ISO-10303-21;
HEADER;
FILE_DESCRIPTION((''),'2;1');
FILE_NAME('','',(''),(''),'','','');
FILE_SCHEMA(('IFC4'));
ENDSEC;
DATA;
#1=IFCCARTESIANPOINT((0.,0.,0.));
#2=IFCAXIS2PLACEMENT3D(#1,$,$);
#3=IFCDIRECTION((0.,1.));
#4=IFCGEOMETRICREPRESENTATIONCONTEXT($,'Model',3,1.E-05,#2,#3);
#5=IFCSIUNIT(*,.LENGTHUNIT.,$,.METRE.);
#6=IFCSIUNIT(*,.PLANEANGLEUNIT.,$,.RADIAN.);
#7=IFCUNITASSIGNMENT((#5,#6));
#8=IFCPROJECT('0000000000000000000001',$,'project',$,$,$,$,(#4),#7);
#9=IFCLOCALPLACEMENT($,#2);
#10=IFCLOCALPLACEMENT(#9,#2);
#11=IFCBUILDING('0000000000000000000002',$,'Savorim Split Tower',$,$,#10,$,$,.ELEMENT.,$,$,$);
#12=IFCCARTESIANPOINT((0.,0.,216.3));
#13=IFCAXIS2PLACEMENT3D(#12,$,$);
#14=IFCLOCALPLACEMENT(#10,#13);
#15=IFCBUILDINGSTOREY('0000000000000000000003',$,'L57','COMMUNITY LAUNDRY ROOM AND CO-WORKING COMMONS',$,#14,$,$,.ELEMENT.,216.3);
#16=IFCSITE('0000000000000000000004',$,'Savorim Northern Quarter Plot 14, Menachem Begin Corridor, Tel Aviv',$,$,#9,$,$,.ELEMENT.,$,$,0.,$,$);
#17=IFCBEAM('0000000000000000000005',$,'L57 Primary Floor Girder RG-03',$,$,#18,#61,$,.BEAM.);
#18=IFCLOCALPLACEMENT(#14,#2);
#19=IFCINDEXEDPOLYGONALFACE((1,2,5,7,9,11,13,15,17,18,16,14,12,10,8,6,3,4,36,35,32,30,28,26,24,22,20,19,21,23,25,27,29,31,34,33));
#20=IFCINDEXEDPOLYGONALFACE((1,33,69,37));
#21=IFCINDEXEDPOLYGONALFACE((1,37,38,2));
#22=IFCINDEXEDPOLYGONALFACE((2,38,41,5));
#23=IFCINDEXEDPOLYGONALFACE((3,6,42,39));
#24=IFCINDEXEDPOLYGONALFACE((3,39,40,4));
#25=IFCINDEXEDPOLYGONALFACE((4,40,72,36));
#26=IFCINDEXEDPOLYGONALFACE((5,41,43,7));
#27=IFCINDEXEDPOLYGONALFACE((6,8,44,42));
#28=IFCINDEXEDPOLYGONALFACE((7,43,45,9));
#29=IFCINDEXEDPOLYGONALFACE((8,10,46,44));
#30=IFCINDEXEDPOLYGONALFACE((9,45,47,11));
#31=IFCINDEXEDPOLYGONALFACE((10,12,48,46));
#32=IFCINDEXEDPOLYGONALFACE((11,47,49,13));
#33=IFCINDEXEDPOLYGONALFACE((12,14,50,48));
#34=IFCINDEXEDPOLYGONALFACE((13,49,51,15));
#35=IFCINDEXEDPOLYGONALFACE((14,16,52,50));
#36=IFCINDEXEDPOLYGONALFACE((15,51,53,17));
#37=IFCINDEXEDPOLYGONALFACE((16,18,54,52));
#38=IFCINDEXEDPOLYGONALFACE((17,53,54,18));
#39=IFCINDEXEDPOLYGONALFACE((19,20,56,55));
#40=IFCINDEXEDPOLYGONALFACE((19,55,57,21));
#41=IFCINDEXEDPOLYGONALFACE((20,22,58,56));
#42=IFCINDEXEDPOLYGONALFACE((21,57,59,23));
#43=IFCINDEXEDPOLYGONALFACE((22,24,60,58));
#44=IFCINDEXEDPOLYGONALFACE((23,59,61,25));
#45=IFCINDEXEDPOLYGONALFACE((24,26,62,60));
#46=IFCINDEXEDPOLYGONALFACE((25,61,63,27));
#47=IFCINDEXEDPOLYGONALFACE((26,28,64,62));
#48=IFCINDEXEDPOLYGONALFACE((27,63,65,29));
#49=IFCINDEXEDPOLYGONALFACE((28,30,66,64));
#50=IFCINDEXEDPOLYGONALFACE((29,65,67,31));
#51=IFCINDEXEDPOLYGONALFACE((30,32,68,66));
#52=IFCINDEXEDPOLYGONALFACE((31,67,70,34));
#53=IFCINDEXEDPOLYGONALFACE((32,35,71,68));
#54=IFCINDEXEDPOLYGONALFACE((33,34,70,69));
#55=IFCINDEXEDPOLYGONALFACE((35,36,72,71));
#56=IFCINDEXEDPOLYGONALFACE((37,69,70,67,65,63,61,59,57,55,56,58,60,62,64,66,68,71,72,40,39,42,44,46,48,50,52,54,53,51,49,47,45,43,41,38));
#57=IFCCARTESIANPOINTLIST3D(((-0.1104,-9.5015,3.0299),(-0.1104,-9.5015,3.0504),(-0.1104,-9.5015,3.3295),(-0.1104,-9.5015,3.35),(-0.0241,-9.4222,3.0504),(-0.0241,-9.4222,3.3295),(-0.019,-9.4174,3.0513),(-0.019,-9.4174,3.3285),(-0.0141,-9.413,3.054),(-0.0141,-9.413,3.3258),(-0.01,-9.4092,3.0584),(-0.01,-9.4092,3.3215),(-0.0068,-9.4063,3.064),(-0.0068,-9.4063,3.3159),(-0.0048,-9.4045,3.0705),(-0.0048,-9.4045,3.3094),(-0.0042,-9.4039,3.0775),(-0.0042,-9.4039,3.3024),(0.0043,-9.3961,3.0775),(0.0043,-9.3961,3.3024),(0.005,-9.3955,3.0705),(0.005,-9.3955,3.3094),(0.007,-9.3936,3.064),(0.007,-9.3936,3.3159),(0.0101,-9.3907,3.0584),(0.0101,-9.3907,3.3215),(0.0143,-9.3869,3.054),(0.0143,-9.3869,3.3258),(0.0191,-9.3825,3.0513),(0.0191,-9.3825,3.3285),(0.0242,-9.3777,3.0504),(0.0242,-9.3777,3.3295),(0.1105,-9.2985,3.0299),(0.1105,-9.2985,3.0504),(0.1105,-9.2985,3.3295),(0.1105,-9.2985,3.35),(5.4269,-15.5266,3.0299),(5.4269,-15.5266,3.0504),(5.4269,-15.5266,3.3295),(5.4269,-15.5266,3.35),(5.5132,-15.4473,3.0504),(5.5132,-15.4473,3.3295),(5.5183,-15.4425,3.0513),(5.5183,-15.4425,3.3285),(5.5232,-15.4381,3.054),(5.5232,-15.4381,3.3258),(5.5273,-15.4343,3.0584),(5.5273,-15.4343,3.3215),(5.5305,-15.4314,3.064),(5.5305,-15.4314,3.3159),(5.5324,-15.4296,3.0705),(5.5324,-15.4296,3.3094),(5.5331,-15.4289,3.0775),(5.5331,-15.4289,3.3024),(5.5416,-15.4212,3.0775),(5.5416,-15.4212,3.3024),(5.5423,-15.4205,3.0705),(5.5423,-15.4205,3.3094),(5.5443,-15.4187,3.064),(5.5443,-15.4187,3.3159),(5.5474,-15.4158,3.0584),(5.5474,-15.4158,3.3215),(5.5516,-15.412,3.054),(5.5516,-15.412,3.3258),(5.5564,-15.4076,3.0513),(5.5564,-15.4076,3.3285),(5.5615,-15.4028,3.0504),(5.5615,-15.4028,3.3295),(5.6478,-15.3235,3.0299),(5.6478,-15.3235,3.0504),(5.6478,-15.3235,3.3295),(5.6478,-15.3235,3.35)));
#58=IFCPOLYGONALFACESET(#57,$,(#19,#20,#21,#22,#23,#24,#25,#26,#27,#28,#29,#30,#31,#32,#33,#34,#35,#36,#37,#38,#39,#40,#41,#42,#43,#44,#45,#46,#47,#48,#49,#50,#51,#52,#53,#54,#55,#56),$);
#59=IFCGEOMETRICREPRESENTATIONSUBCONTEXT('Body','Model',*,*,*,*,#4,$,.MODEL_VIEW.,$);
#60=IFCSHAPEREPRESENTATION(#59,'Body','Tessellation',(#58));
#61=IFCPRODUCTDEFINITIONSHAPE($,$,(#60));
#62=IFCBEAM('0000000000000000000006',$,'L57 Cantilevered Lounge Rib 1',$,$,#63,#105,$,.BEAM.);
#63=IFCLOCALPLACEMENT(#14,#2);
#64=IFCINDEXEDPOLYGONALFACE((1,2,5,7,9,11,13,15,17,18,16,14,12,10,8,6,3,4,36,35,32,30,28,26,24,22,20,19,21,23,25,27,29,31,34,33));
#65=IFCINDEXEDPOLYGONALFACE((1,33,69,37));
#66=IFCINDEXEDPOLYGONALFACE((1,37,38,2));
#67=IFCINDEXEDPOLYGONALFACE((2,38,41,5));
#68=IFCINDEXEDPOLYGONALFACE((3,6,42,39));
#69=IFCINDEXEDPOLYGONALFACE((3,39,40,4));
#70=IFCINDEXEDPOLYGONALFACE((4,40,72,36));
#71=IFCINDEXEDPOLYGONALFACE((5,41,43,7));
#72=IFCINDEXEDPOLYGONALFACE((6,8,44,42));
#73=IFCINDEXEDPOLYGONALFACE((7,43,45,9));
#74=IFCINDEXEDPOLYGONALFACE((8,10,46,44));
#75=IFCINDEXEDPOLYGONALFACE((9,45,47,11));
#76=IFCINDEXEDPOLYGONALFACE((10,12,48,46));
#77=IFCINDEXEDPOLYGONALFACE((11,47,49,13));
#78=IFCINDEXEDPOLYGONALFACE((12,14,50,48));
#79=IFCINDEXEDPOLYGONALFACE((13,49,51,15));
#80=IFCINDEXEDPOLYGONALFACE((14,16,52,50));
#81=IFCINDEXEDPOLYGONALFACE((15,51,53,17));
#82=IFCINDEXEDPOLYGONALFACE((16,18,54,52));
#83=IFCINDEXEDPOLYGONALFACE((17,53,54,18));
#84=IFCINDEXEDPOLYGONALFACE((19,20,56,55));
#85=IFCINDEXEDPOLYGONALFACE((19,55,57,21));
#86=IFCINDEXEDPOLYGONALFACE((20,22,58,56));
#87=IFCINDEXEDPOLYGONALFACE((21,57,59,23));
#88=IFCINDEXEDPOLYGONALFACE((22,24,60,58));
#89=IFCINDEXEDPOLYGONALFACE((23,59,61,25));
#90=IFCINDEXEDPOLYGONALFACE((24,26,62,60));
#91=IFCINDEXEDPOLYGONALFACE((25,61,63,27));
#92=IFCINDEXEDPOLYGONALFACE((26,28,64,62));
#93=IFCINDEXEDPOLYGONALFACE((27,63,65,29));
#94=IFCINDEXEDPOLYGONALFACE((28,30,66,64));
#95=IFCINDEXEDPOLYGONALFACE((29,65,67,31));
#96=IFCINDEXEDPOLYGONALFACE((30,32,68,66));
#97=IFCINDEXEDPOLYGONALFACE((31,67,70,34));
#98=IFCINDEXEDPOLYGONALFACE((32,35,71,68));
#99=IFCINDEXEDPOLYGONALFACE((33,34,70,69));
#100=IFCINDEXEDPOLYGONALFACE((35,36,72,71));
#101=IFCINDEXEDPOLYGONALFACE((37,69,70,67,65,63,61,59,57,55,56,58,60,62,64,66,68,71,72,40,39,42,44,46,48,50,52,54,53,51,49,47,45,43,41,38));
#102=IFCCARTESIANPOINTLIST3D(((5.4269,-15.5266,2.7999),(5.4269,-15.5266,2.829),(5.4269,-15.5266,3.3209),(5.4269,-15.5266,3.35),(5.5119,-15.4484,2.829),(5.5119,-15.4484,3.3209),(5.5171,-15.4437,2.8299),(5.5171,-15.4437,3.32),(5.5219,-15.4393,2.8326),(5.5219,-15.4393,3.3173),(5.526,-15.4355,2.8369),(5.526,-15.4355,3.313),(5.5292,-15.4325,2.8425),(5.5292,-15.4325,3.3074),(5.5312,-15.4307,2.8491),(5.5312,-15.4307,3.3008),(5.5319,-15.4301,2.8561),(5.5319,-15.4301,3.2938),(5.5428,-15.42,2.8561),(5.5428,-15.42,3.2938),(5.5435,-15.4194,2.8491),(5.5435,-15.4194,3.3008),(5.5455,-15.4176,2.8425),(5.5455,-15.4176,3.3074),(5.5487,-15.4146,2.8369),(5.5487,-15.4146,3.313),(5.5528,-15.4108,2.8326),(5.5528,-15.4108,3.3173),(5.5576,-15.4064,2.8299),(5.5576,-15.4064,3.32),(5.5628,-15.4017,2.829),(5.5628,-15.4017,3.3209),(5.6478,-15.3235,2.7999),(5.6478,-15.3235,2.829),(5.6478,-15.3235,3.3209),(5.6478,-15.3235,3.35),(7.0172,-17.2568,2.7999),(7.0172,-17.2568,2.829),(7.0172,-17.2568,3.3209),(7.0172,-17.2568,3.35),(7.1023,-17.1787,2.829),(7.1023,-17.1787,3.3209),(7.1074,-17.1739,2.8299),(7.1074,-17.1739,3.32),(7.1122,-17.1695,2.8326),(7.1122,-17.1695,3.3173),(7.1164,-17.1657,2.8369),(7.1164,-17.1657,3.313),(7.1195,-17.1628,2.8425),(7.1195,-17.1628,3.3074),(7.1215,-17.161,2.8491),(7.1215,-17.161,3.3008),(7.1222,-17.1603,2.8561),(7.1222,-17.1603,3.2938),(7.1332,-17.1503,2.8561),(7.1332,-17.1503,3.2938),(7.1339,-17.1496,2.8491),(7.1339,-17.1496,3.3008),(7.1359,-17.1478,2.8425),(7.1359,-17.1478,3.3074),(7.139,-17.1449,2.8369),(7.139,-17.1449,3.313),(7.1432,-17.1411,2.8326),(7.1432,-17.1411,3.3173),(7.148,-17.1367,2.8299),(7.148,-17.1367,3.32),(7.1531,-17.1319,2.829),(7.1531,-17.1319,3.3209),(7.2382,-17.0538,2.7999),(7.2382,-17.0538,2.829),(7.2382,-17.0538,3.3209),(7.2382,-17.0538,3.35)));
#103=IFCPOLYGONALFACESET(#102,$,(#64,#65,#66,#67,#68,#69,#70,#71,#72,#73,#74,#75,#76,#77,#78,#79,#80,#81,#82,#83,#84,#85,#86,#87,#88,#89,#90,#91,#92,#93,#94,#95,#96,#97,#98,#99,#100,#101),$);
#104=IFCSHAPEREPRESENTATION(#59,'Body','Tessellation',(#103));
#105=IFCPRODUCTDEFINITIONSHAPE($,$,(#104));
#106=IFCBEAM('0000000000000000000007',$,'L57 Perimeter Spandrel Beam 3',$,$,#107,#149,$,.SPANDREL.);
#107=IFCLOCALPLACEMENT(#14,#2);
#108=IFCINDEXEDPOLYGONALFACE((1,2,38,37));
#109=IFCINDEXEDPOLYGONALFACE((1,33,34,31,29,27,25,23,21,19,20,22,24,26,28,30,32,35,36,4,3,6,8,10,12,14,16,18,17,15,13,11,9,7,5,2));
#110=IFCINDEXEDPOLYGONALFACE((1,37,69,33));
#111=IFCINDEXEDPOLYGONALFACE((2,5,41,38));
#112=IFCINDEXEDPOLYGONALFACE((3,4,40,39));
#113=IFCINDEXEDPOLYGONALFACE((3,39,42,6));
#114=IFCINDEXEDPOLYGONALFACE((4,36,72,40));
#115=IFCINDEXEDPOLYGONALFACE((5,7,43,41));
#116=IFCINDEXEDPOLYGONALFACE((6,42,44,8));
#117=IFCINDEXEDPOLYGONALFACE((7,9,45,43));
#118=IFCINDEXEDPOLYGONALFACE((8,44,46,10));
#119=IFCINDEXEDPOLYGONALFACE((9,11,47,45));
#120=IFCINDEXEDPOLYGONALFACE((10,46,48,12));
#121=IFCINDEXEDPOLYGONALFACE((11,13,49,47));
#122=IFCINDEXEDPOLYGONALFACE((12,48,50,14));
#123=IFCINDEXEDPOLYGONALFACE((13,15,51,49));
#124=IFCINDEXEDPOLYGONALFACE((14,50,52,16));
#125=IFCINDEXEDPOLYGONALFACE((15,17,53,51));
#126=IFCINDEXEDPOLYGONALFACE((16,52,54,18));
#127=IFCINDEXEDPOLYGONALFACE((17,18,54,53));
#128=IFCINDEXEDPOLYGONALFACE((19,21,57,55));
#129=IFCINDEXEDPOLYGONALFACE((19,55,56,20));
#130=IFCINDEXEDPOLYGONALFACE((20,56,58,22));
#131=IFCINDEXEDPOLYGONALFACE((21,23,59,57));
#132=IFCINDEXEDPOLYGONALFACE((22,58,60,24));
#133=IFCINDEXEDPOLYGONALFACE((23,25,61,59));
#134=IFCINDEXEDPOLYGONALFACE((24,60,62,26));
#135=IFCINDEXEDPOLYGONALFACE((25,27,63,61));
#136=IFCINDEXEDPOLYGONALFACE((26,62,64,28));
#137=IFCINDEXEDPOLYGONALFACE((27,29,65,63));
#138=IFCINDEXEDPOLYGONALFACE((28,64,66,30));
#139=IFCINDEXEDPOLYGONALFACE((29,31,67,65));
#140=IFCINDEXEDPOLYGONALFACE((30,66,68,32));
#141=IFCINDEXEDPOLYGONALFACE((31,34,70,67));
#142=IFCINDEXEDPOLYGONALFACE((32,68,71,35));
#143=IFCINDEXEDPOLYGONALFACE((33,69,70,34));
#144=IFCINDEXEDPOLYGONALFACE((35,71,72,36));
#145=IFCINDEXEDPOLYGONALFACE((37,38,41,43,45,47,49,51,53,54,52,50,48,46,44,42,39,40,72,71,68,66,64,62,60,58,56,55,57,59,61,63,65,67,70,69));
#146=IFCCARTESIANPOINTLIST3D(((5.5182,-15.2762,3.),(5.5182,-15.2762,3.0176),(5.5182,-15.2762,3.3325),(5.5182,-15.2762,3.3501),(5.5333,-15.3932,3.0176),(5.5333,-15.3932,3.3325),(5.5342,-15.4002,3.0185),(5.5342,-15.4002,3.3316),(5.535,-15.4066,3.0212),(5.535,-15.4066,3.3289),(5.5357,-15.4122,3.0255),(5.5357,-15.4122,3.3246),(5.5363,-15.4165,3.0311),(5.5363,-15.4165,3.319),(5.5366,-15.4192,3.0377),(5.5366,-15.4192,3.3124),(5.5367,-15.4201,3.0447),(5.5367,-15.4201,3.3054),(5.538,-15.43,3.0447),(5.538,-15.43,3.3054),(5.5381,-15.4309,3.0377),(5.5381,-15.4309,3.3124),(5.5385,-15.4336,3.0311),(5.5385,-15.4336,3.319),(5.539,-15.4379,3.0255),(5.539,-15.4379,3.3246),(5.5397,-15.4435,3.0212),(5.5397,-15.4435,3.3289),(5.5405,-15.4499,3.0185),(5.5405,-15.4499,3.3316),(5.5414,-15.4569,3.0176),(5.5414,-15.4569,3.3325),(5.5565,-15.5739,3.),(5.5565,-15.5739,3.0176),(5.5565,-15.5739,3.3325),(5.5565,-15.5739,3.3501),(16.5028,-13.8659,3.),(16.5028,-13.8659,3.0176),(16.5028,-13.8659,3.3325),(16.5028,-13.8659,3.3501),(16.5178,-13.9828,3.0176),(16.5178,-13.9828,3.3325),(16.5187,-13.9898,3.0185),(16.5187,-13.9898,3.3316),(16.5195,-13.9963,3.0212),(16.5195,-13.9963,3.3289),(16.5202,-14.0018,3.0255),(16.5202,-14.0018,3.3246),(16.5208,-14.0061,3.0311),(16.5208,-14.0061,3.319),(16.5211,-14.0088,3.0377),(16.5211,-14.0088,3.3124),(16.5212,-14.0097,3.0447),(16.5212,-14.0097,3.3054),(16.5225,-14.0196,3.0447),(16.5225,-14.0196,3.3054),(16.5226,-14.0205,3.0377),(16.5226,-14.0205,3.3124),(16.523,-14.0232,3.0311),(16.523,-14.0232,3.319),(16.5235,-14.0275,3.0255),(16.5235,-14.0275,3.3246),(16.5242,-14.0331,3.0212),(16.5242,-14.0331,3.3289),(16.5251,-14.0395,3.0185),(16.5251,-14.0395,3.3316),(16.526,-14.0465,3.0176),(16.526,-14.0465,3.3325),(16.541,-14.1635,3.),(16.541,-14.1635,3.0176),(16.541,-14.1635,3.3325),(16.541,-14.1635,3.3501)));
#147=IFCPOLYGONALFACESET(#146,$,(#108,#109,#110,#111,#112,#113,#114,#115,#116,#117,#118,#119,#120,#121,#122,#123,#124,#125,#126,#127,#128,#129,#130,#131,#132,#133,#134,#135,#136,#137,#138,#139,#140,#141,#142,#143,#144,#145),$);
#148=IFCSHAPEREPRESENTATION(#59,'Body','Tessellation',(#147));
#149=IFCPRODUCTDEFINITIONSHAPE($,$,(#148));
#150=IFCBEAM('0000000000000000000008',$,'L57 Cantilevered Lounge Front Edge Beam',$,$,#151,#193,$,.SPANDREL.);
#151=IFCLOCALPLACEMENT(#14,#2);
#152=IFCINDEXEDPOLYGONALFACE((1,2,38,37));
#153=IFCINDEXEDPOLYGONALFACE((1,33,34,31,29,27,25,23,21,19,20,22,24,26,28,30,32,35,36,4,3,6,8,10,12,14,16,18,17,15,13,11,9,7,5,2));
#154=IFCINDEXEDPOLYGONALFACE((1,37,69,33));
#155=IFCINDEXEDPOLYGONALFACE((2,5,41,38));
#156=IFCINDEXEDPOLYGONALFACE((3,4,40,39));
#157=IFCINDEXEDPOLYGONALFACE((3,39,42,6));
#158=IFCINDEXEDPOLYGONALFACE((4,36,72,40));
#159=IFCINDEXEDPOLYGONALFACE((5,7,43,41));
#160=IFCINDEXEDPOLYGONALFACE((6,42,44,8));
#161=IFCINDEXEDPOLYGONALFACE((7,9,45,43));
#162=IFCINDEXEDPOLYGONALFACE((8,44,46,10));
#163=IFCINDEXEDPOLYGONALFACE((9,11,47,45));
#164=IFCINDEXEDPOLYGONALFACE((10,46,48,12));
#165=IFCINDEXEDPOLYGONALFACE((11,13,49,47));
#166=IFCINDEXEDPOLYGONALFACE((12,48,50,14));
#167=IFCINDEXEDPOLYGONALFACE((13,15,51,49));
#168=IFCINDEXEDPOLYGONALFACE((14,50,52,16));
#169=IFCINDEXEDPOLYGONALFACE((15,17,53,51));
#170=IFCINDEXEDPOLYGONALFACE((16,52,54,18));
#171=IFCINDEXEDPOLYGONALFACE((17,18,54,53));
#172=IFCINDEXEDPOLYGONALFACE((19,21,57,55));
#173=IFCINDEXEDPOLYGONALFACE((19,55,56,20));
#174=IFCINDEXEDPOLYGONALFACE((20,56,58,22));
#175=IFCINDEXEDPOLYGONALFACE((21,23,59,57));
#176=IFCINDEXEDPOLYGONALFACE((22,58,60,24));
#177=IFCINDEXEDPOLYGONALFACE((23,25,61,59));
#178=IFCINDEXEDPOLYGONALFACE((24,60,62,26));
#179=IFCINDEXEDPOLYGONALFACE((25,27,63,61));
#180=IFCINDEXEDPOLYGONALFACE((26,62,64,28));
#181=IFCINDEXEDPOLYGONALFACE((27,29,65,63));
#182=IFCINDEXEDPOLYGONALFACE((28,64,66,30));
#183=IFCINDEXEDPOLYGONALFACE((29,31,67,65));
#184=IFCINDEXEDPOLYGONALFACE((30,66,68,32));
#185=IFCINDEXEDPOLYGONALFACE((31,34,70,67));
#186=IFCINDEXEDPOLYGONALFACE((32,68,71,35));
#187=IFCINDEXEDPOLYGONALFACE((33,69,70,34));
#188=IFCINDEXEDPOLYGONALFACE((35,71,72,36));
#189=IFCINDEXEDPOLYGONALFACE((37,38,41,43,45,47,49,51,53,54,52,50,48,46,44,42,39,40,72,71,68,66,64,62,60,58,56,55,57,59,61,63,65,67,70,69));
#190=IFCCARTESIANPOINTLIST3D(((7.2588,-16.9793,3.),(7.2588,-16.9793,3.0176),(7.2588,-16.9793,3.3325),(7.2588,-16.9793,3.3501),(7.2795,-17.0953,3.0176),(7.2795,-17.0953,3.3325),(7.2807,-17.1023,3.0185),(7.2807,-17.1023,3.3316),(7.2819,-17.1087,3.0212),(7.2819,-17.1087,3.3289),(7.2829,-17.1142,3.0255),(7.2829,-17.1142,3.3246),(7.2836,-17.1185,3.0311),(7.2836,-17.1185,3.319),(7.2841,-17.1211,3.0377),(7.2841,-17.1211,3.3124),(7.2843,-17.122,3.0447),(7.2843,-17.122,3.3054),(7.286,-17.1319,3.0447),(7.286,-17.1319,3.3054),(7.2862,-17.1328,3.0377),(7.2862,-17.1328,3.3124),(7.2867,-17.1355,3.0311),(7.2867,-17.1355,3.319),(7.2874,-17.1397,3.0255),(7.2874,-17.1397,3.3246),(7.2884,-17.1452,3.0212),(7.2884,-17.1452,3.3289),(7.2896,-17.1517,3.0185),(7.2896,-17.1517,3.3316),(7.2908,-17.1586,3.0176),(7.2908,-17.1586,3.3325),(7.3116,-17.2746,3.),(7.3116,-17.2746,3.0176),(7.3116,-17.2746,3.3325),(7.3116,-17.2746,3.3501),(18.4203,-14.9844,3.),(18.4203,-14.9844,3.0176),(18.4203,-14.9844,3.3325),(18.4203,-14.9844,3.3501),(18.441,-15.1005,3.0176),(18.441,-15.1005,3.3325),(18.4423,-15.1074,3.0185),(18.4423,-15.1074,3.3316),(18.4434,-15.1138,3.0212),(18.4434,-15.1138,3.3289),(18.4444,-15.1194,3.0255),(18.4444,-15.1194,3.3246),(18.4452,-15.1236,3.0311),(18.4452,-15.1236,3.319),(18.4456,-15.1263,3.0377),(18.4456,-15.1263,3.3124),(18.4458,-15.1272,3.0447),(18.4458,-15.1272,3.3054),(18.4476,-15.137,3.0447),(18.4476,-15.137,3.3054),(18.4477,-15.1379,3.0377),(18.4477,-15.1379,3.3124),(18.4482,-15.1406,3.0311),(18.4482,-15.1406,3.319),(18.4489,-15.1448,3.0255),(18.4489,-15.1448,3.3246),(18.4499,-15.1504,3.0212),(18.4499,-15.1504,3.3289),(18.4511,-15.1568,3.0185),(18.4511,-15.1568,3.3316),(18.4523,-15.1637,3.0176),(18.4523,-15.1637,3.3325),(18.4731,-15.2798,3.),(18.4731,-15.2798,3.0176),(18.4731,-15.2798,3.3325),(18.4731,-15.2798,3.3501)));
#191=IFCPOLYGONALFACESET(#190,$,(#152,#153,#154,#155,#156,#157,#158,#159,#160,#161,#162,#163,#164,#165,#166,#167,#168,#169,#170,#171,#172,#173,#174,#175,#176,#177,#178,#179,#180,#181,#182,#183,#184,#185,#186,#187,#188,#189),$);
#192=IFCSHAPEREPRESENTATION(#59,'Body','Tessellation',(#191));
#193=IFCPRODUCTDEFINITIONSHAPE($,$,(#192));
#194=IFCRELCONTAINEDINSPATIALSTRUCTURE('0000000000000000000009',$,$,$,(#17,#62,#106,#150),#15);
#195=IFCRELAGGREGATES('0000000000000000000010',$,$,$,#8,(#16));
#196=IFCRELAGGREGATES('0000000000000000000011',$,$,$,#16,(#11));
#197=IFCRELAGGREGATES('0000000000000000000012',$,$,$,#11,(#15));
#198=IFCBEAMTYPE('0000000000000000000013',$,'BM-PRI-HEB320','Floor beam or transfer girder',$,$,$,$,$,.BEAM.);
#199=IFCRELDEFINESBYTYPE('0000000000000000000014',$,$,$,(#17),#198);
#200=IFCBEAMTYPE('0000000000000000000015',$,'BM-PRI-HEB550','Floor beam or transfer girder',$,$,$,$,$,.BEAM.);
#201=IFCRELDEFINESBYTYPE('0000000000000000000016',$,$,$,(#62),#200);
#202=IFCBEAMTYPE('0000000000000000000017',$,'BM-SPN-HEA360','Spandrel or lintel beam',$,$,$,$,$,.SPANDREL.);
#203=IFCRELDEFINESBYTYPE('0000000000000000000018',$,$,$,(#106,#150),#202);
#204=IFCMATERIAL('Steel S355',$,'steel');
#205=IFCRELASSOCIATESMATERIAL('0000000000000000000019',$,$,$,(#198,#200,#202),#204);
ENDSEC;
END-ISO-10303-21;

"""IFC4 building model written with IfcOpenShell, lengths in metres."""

from ifc_helpers import new_model, si_unit, direction, frame, origin, origin_2d, place, context, subcontext, project, spatial, i_section, extrude, material, material_profile, profile_set, type_object, element, save


model = new_model("IFC4")

# Units and contexts
model_context = context("Model", 3, precision=1e-05, world=origin(), true_north=direction((0.0, 1.0)))
body_context = subcontext(model_context, "Body", "Model", "MODEL_VIEW")
ifc_project = project(units=[si_unit("LENGTHUNIT", "METRE"), si_unit("PLANEANGLEUNIT", "RADIAN")], contexts=[model_context])

# Site, building, storey
site_placement = place(None, origin())
site = spatial("IfcSite", under=ifc_project, at=site_placement, Name="Savorim Northern Quarter Plot 14, Menachem Begin Corridor, Tel Aviv", CompositionType="ELEMENT", RefElevation=0.0)
building_placement = place(site_placement, origin())
building = spatial("IfcBuilding", under=site, at=building_placement, Name="Savorim Split Tower", CompositionType="ELEMENT")
storey_placement = place(building_placement, frame((0.0, 0.0, 216.3)))
storey = spatial("IfcBuildingStorey", under=building, at=storey_placement, Name="L57", Description="COMMUNITY LAUNDRY ROOM AND CO-WORKING COMMONS", CompositionType="ELEMENT", Elevation=216.3)

# Shared definitions
ifc_material_1 = material(Name="Steel S355", Category="steel")

# Beams
ifc_material_profile_1 = material_profile(ifc_material_1, i_section(OverallWidth=0.3, OverallDepth=0.3201, WebThickness=0.0115, FlangeThickness=0.0205, FilletRadius=0.0271, at=origin_2d()), Name="HEB 320")
ifc_profile_set_1 = profile_set([ifc_material_profile_1], Name="Steel S355")
beam_type_1 = type_object("IfcBeamType", Name="BM-PRI-HEB320", Description="Floor beam or transfer girder", PredefinedType="BEAM", material=ifc_profile_set_1)
beam_1_placement = place(storey_placement, frame((5.5374, -15.425, 3.1899), z_axis=(-0.676674, 0.736283, 0.0), x_axis=(-0.736283, -0.676674, 0.0)))
element("IfcBeam", 1, at=beam_1_placement, inside=storey, type_object=beam_type_1, Name="L57 Primary Floor Girder RG-03", PredefinedType="BEAM", context=body_context, shape_type="SweptSolid", body=[
    extrude(i_section(OverallWidth=0.3, OverallDepth=0.3201, WebThickness=0.0115, FlangeThickness=0.0205, FilletRadius=0.0271, at=origin_2d()), origin(), (0.0, 0.0, 1.0), 8.1831),
])
ifc_material_profile_2 = material_profile(ifc_material_1, i_section(OverallWidth=0.3, OverallDepth=0.55, WebThickness=0.0149, FlangeThickness=0.0291, FilletRadius=0.0271, at=origin_2d()), Name="HEB 550")
ifc_profile_set_2 = profile_set([ifc_material_profile_2], Name="Steel S355")
beam_type_2 = type_object("IfcBeamType", Name="BM-PRI-HEB550", Description="Floor beam or transfer girder", PredefinedType="BEAM", material=ifc_profile_set_2)
beam_2_placement = place(storey_placement, frame((5.5374, -15.425, 3.075), z_axis=(0.676717, -0.736244, 0.0), x_axis=(0.736244, 0.676717, 0.0)))
element("IfcBeam", 2, at=beam_2_placement, inside=storey, type_object=beam_type_2, Name="L57 Cantilevered Lounge Rib 1", PredefinedType="BEAM", context=body_context, shape_type="SweptSolid", body=[
    extrude(i_section(OverallWidth=0.3, OverallDepth=0.55, WebThickness=0.0149, FlangeThickness=0.0291, FilletRadius=0.0271, at=origin_2d()), origin(), (0.0, 0.0, 1.0), 2.3501),
])
ifc_material_profile_3 = material_profile(ifc_material_1, i_section(OverallWidth=0.3, OverallDepth=0.3501, WebThickness=0.01, FlangeThickness=0.0176, FilletRadius=0.0271, at=origin_2d()), Name="HEA 360")
ifc_profile_set_3 = profile_set([ifc_material_profile_3], Name="Steel S355")
beam_type_3 = type_object("IfcBeamType", Name="BM-SPN-HEA360", Description="Spandrel or lintel beam", PredefinedType="SPANDREL", material=ifc_profile_set_3)
beam_3_placement = place(storey_placement, frame((5.5374, -15.425, 3.175), z_axis=(0.991858, 0.127352, 0.0), x_axis=(-0.127352, 0.991858, 0.0)))
element("IfcBeam", 3, at=beam_3_placement, inside=storey, type_object=beam_type_3, Name="L57 Perimeter Spandrel Beam 3", PredefinedType="SPANDREL", context=body_context, shape_type="SweptSolid", body=[
    extrude(i_section(OverallWidth=0.3, OverallDepth=0.3501, WebThickness=0.01, FlangeThickness=0.0176, FilletRadius=0.0271, at=origin_2d()), origin(), (0.0, 0.0, 1.0), 11.0747),
])
beam_4_placement = place(storey_placement, frame((7.2852, -17.127, 3.175), z_axis=(0.984401, 0.175938, 0.0), x_axis=(-0.175938, 0.984401, 0.0)))
element("IfcBeam", 4, at=beam_4_placement, inside=storey, type_object=beam_type_3, Name="L57 Cantilevered Lounge Front Edge Beam", PredefinedType="SPANDREL", context=body_context, shape_type="SweptSolid", body=[
    extrude(i_section(OverallWidth=0.3, OverallDepth=0.3501, WebThickness=0.01, FlangeThickness=0.0176, FilletRadius=0.0271, at=origin_2d()), origin(), (0.0, 0.0, 1.0), 11.3384),
])

save(model, "model.ifc")
